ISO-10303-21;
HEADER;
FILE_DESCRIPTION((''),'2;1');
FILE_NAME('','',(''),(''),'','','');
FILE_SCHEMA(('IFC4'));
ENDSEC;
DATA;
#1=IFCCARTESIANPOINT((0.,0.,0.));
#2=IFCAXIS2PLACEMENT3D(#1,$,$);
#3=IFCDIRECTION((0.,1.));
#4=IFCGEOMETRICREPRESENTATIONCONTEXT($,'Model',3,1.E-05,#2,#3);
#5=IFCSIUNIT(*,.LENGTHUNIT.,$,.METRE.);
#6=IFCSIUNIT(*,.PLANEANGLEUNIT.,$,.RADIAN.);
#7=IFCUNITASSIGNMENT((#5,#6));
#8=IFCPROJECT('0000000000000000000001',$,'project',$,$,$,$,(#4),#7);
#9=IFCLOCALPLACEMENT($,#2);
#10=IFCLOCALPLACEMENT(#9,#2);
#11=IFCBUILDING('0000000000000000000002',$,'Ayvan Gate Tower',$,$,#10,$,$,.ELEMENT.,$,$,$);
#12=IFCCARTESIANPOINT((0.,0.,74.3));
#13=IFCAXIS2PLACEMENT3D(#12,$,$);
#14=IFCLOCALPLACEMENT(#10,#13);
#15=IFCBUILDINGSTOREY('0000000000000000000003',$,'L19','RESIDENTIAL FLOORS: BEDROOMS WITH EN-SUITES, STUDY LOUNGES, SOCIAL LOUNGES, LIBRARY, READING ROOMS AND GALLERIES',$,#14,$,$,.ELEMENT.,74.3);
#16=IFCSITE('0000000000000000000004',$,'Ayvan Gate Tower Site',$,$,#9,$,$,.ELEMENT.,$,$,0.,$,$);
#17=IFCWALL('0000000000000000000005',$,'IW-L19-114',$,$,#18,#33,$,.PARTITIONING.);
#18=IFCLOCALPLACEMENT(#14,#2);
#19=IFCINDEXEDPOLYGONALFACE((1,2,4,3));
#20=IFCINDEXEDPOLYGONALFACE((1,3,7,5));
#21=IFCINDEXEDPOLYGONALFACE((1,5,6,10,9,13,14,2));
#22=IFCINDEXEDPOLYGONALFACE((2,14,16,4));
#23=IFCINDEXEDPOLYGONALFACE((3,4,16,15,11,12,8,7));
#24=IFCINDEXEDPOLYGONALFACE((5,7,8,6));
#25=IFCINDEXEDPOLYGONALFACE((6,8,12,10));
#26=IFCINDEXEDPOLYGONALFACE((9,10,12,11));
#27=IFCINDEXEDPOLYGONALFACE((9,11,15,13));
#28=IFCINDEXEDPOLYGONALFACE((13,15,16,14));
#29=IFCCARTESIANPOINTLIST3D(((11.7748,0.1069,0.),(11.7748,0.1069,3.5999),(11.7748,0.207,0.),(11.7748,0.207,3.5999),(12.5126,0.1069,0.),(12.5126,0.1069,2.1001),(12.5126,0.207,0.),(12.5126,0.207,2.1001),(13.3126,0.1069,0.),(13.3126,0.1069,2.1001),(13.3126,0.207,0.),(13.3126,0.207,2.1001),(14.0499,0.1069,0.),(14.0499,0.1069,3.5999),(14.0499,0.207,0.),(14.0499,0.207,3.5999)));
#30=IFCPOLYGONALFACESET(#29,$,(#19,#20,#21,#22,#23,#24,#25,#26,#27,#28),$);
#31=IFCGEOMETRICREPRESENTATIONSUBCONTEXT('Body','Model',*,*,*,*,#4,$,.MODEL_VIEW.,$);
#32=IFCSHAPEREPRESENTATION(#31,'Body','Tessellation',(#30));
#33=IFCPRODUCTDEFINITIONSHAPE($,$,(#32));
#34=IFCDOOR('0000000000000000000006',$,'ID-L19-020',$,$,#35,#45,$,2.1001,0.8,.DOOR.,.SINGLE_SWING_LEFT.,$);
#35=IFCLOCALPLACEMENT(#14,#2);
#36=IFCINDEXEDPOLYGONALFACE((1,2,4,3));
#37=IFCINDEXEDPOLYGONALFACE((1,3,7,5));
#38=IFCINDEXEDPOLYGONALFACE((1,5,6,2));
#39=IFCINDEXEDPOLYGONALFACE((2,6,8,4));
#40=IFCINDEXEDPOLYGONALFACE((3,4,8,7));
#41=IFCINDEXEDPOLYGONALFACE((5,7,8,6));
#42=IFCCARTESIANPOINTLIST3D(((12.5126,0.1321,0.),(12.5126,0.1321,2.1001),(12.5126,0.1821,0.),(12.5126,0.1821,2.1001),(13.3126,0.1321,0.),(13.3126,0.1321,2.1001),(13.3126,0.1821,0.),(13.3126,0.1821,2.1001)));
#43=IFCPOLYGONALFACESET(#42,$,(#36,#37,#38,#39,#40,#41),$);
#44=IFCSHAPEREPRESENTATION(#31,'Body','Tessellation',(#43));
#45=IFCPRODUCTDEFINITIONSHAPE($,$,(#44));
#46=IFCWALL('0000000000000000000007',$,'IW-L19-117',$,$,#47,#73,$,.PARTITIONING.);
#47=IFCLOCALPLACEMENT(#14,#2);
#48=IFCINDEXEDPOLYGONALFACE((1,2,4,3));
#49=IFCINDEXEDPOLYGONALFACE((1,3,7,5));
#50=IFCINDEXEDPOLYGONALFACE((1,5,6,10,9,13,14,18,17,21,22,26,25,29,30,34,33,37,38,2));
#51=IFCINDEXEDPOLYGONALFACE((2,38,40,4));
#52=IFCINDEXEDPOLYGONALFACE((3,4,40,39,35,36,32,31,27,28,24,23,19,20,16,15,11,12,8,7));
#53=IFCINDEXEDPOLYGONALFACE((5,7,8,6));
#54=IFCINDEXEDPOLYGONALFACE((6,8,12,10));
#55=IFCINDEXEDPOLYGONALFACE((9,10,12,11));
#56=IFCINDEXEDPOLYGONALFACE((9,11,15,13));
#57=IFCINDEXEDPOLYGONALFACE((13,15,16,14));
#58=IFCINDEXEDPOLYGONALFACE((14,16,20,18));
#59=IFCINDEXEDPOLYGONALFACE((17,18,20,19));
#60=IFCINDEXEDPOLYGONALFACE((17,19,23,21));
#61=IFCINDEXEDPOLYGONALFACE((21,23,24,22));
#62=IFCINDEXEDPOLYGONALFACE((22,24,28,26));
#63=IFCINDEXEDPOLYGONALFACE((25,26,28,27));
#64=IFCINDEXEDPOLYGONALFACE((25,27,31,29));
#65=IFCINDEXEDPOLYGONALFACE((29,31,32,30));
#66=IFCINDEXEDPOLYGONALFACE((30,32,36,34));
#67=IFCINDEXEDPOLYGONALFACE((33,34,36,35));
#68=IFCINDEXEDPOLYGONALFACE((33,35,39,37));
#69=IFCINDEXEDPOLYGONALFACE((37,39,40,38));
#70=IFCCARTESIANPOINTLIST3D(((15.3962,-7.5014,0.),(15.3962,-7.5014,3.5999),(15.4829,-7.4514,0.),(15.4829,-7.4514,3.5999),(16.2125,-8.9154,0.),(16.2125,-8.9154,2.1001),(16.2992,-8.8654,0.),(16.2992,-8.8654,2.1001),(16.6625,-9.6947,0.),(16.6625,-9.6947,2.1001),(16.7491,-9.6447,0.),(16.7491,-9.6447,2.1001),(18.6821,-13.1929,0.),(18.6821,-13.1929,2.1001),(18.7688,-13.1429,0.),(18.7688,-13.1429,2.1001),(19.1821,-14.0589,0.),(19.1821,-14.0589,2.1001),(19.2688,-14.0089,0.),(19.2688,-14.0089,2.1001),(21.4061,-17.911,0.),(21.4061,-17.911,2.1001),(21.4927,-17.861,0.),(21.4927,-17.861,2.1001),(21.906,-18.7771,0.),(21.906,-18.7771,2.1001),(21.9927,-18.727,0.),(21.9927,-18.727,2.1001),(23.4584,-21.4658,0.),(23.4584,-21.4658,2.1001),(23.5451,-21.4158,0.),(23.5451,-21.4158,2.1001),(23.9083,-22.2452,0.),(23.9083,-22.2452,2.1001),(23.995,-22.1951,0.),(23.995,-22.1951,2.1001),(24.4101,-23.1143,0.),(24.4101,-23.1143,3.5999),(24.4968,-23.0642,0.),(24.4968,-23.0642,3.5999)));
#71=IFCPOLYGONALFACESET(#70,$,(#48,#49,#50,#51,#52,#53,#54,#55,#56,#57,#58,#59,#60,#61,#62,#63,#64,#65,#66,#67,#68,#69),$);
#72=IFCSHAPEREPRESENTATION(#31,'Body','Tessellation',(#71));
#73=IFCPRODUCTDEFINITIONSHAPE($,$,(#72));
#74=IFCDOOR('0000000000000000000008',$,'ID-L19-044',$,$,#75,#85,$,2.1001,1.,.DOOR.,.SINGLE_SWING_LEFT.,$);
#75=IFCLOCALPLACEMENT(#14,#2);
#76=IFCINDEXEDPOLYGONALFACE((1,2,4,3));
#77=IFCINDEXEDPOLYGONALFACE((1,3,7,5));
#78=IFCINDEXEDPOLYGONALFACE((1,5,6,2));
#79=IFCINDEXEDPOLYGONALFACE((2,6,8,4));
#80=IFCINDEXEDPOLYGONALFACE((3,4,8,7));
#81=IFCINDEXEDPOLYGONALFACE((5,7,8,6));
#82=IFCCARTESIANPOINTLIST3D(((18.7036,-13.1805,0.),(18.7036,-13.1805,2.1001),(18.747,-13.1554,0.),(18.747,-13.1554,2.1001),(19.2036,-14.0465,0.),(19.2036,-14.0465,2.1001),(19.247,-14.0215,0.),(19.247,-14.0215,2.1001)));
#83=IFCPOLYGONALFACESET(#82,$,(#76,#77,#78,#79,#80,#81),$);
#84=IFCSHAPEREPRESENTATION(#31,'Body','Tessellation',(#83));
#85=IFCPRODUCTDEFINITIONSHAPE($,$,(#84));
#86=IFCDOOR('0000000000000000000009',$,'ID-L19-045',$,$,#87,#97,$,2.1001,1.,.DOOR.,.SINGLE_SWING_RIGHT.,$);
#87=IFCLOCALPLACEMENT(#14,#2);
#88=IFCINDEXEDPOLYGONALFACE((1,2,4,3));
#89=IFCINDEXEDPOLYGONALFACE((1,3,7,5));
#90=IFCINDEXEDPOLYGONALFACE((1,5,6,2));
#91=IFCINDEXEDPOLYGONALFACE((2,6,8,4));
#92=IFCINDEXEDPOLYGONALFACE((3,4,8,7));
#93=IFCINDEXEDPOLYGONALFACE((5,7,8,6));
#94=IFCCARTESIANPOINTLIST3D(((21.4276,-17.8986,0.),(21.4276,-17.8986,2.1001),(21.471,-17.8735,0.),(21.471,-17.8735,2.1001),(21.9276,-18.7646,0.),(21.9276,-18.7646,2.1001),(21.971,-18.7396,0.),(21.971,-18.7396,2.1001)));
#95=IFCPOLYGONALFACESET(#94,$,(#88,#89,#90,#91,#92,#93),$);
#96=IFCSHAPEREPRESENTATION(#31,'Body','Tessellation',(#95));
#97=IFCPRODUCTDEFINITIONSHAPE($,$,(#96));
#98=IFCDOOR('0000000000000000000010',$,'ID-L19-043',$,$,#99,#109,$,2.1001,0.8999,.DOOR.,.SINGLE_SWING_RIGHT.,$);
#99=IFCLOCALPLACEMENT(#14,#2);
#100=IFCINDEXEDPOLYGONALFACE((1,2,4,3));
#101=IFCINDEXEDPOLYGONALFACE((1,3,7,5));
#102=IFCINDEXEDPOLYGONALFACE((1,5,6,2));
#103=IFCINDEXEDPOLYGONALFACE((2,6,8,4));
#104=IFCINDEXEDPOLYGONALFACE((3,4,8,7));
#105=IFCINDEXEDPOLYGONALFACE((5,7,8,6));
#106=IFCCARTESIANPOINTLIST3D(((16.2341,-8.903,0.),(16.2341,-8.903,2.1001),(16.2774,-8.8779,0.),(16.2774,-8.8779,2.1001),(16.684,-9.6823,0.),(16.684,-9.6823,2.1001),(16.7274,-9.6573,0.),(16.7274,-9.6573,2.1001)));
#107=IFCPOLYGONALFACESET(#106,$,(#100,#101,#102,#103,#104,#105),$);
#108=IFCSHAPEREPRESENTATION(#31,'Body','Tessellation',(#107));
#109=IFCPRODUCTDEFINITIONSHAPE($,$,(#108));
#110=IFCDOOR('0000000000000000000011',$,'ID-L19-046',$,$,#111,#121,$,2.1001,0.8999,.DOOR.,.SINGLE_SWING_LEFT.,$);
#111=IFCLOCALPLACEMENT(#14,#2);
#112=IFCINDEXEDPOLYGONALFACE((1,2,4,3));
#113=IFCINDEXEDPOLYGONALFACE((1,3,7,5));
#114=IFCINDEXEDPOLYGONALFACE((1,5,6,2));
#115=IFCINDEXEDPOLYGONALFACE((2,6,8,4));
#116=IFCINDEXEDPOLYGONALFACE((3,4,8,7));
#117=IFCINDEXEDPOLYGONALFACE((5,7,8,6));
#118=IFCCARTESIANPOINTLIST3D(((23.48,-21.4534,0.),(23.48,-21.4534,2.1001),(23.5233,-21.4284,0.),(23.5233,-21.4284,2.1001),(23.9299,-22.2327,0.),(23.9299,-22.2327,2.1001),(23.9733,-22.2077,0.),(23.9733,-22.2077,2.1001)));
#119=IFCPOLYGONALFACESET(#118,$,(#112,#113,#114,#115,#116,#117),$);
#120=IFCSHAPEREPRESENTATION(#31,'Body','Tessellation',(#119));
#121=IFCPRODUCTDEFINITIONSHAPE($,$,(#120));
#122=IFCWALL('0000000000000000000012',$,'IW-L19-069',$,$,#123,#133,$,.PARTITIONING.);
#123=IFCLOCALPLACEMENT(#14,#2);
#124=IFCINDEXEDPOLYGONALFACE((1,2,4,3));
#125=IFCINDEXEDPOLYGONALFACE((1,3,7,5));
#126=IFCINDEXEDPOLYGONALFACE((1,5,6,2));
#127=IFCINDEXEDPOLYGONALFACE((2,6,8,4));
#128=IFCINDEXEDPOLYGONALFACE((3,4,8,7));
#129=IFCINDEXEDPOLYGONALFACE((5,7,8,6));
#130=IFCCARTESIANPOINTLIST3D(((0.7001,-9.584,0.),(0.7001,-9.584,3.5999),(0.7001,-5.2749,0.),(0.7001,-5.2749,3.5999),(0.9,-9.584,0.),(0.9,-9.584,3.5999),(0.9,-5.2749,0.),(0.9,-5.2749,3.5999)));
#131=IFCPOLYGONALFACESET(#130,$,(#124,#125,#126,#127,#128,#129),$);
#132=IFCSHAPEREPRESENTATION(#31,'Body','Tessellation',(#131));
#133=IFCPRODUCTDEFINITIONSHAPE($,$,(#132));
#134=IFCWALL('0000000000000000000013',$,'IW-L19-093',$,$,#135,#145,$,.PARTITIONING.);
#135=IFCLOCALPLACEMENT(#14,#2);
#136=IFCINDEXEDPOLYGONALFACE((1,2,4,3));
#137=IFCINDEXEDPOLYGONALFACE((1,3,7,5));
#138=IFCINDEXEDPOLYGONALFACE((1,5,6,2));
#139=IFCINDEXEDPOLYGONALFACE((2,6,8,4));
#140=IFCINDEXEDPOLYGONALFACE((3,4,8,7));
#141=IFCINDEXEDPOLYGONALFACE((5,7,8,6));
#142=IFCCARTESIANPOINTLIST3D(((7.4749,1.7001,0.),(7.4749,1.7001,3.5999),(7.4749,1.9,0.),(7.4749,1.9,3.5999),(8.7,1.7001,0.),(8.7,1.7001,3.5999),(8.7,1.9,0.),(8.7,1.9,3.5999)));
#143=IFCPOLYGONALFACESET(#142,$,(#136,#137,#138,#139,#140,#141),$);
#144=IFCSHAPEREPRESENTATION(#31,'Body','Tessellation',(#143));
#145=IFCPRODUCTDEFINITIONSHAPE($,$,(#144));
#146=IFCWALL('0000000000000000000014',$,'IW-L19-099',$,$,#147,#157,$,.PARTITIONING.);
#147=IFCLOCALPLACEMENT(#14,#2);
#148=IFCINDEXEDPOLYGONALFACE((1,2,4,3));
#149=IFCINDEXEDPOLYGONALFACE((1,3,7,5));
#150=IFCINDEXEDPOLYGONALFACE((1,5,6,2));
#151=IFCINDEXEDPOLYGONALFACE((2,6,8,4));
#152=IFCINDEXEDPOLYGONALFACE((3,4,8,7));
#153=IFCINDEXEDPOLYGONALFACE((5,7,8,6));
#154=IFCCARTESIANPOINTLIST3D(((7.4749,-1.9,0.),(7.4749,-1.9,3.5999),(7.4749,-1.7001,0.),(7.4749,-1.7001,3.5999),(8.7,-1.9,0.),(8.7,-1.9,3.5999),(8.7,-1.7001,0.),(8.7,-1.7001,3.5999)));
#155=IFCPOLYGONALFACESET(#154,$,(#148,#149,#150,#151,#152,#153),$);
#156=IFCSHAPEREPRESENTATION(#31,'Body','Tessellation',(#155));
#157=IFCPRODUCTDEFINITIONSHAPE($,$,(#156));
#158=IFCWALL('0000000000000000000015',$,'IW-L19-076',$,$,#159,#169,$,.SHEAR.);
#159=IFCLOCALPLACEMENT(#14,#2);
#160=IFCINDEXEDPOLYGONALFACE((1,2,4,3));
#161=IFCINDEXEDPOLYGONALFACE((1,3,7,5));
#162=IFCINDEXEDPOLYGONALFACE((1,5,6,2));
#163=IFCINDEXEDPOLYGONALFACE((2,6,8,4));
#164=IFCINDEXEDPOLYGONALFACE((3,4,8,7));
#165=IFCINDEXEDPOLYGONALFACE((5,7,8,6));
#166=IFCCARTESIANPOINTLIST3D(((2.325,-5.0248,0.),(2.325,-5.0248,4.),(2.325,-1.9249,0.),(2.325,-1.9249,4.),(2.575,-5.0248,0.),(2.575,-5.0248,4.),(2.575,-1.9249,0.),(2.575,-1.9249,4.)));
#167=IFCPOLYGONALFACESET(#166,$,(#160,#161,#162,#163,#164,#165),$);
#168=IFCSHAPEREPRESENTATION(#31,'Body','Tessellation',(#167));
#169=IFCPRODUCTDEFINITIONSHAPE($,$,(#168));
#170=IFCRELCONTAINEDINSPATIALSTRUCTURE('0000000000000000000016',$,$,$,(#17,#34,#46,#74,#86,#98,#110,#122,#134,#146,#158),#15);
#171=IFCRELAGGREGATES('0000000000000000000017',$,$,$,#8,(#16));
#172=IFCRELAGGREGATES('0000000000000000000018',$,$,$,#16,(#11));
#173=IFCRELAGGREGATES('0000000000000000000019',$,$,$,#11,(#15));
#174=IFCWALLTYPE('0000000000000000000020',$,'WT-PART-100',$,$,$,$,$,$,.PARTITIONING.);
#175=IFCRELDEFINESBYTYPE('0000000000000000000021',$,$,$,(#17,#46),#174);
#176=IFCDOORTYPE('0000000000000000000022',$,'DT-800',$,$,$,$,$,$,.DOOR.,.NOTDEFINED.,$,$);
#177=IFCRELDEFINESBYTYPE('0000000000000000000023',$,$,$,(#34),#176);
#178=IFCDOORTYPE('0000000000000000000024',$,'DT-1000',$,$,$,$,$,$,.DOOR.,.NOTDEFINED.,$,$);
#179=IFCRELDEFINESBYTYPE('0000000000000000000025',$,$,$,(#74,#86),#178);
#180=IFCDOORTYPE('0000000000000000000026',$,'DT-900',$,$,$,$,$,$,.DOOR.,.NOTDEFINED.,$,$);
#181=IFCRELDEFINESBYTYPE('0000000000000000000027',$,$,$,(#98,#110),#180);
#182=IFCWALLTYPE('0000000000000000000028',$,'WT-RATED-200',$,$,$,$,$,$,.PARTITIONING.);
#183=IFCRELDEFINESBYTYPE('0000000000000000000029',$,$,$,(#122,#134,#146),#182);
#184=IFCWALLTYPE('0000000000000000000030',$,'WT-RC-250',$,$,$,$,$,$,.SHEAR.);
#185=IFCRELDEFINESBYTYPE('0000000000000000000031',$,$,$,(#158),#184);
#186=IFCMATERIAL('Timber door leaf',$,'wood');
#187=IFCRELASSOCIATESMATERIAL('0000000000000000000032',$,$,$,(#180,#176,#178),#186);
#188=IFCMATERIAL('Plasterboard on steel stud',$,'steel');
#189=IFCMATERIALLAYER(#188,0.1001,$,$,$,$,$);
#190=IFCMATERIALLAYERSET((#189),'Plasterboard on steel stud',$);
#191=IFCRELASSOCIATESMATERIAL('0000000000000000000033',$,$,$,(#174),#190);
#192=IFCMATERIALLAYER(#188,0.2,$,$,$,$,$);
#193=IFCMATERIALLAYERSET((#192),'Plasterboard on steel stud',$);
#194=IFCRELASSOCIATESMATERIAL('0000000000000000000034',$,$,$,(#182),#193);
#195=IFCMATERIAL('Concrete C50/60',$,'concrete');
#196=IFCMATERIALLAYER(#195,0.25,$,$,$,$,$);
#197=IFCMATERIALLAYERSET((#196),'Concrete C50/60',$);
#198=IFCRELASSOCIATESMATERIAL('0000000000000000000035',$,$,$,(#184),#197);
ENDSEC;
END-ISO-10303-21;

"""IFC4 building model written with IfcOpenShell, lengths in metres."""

from ifc_helpers import new_model, si_unit, direction, frame, frame_2d, origin, place, context, subcontext, project, spatial, rectangle, extrude, material, layer, layer_set, type_object, element, fill, save


model = new_model("IFC4")

# Units and contexts
model_context = context("Model", 3, precision=1e-05, world=origin(), true_north=direction((0.0, 1.0)))
body_context = subcontext(model_context, "Body", "Model", "MODEL_VIEW")
ifc_project = project(units=[si_unit("LENGTHUNIT", "METRE"), si_unit("PLANEANGLEUNIT", "RADIAN")], contexts=[model_context])

# Site, building, storey
site_placement = place(None, origin())
site = spatial("IfcSite", under=ifc_project, at=site_placement, Name="Ayvan Gate Tower Site", CompositionType="ELEMENT", RefElevation=0.0)
building_placement = place(site_placement, origin())
building = spatial("IfcBuilding", under=site, at=building_placement, Name="Ayvan Gate Tower", CompositionType="ELEMENT")
storey_placement = place(building_placement, frame((0.0, 0.0, 74.3)))
storey = spatial("IfcBuildingStorey", under=building, at=storey_placement, Name="L19", Description="RESIDENTIAL FLOORS: BEDROOMS WITH EN-SUITES, STUDY LOUNGES, SOCIAL LOUNGES, LIBRARY, READING ROOMS AND GALLERIES", CompositionType="ELEMENT", Elevation=74.3)

# Shared definitions
ifc_material_1 = material(Name="Timber door leaf", Category="wood")
ifc_material_2 = material(Name="Plasterboard on steel stud", Category="steel")
door_type_1 = type_object("IfcDoorType", Name="DT-900", OperationType="NOTDEFINED", PredefinedType="DOOR", material=ifc_material_1)
ifc_layer_1 = layer(ifc_material_2, 0.1001)
ifc_layer_set_1 = layer_set([ifc_layer_1], Name="Plasterboard on steel stud")
wall_type_1 = type_object("IfcWallType", Name="WT-PART-100", PredefinedType="PARTITIONING", material=ifc_layer_set_1)
door_type_2 = type_object("IfcDoorType", Name="DT-800", OperationType="NOTDEFINED", PredefinedType="DOOR", material=ifc_material_1)

# Wall, opening, door
wall_1_placement = place(storey_placement, frame((14.05, 0.157, 0.0), z_axis=(0.0, 0.0, 1.0), x_axis=(-1.0, 0.0, 0.0)))
wall_1 = element("IfcWall", 1, at=wall_1_placement, inside=storey, type_object=wall_type_1, Name="IW-L19-114", PredefinedType="PARTITIONING", context=body_context, shape_type="SweptSolid", body=[
    extrude(rectangle(XDim=2.2751, YDim=0.1001, at=frame_2d((1.1377, 0.0))), origin(), (0.0, 0.0, 1.0), 3.5999),
])
opening_1_placement = place(wall_1_placement, frame((0.7375, 0.0, 0.0)))
opening_1 = element("IfcOpeningElement", 2, at=opening_1_placement, cuts=wall_1, PredefinedType="OPENING", context=body_context, shape_type="SweptSolid", body=[
    extrude(rectangle(XDim=0.8, YDim=2.1001, at=frame_2d((0.3999, 1.05))), frame((0.0, 0.0601, 0.0), z_axis=(0.0, -1.0, 0.0), x_axis=(1.0, 0.0, 0.0)), (0.0, 0.0, 1.0), 0.1201),
])
door_1_placement = place(opening_1_placement, origin())
door_1 = element("IfcDoor", 3, at=door_1_placement, inside=storey, type_object=door_type_2, Name="ID-L19-020", OperationType="SINGLE_SWING_LEFT", OverallHeight=2.1001, OverallWidth=0.8, PredefinedType="DOOR", context=body_context, shape_type="SweptSolid", body=[
    extrude(rectangle(XDim=0.8, YDim=2.1001, at=frame_2d((0.3999, 1.05))), frame((0.0, 0.0249, 0.0), z_axis=(0.0, -1.0, 0.0), x_axis=(1.0, 0.0, 0.0)), (0.0, 0.0, 1.0), 0.05),
])
fill(opening_1, door_1)

# Wall, openings, doors
wall_2_placement = place(storey_placement, frame((15.4395, -7.4763, 0.0), z_axis=(0.0, 0.0, 1.0), x_axis=(0.499994, -0.866029, 0.0)))
wall_2 = element("IfcWall", 4, at=wall_2_placement, inside=storey, type_object=wall_type_1, Name="IW-L19-117", PredefinedType="PARTITIONING", context=body_context, shape_type="SweptSolid", body=[
    extrude(rectangle(XDim=18.0281, YDim=0.1001, at=frame_2d((9.0142, 0.0))), origin(), (0.0, 0.0, 1.0), 3.5999),
])
opening_2_placement = place(wall_2_placement, frame((1.6328, 0.0, 0.0)))
opening_2 = element("IfcOpeningElement", 5, at=opening_2_placement, cuts=wall_2, PredefinedType="OPENING", context=body_context, shape_type="SweptSolid", body=[
    extrude(rectangle(XDim=0.8999, YDim=2.1001, at=frame_2d((0.45, 1.05))), frame((0.0, 0.0601, 0.0), z_axis=(0.0, -1.0, 0.0), x_axis=(1.0, 0.0, 0.0)), (0.0, 0.0, 1.0), 0.1201),
])
opening_3_placement = place(wall_2_placement, frame((6.572, 0.0, 0.0)))
opening_3 = element("IfcOpeningElement", 6, at=opening_3_placement, cuts=wall_2, PredefinedType="OPENING", context=body_context, shape_type="SweptSolid", body=[
    extrude(rectangle(XDim=1.0, YDim=2.1001, at=frame_2d((0.5, 1.05))), frame((0.0, 0.0601, 0.0), z_axis=(0.0, -1.0, 0.0), x_axis=(1.0, 0.0, 0.0)), (0.0, 0.0, 1.0), 0.1201),
])
opening_4_placement = place(wall_2_placement, frame((12.02, 0.0, 0.0)))
opening_4 = element("IfcOpeningElement", 7, at=opening_4_placement, cuts=wall_2, PredefinedType="OPENING", context=body_context, shape_type="SweptSolid", body=[
    extrude(rectangle(XDim=1.0, YDim=2.1001, at=frame_2d((0.5, 1.05))), frame((0.0, 0.0601, 0.0), z_axis=(0.0, -1.0, 0.0), x_axis=(1.0, 0.0, 0.0)), (0.0, 0.0, 1.0), 0.1201),
])
opening_5_placement = place(wall_2_placement, frame((16.1248, 0.0, 0.0)))
opening_5 = element("IfcOpeningElement", 8, at=opening_5_placement, cuts=wall_2, PredefinedType="OPENING", context=body_context, shape_type="SweptSolid", body=[
    extrude(rectangle(XDim=0.8999, YDim=2.1001, at=frame_2d((0.45, 1.05))), frame((0.0, 0.0601, 0.0), z_axis=(0.0, -1.0, 0.0), x_axis=(1.0, 0.0, 0.0)), (0.0, 0.0, 1.0), 0.1201),
])
door_type_3 = type_object("IfcDoorType", Name="DT-1000", OperationType="NOTDEFINED", PredefinedType="DOOR", material=ifc_material_1)
door_2_placement = place(opening_3_placement, origin())
door_2 = element("IfcDoor", 9, at=door_2_placement, inside=storey, type_object=door_type_3, Name="ID-L19-044", OperationType="SINGLE_SWING_LEFT", OverallHeight=2.1001, OverallWidth=1.0, PredefinedType="DOOR", context=body_context, shape_type="SweptSolid", body=[
    extrude(rectangle(XDim=1.0, YDim=2.1001, at=frame_2d((0.5, 1.05))), frame((0.0, 0.0249, 0.0), z_axis=(0.0, -1.0, 0.0), x_axis=(1.0, 0.0, 0.0)), (0.0, 0.0, 1.0), 0.05),
])
fill(opening_3, door_2)
door_3_placement = place(opening_4_placement, origin())
door_3 = element("IfcDoor", 10, at=door_3_placement, inside=storey, type_object=door_type_3, Name="ID-L19-045", OperationType="SINGLE_SWING_RIGHT", OverallHeight=2.1001, OverallWidth=1.0, PredefinedType="DOOR", context=body_context, shape_type="SweptSolid", body=[
    extrude(rectangle(XDim=1.0, YDim=2.1001, at=frame_2d((0.5, 1.05))), frame((0.0, 0.0249, 0.0), z_axis=(0.0, -1.0, 0.0), x_axis=(1.0, 0.0, 0.0)), (0.0, 0.0, 1.0), 0.05),
])
fill(opening_4, door_3)
door_4_placement = place(opening_2_placement, origin())
door_4 = element("IfcDoor", 11, at=door_4_placement, inside=storey, type_object=door_type_1, Name="ID-L19-043", OperationType="SINGLE_SWING_RIGHT", OverallHeight=2.1001, OverallWidth=0.8999, PredefinedType="DOOR", context=body_context, shape_type="SweptSolid", body=[
    extrude(rectangle(XDim=0.8999, YDim=2.1001, at=frame_2d((0.45, 1.05))), frame((0.0, 0.0249, 0.0), z_axis=(0.0, -1.0, 0.0), x_axis=(1.0, 0.0, 0.0)), (0.0, 0.0, 1.0), 0.05),
])
fill(opening_2, door_4)
door_5_placement = place(opening_5_placement, origin())
door_5 = element("IfcDoor", 12, at=door_5_placement, inside=storey, type_object=door_type_1, Name="ID-L19-046", OperationType="SINGLE_SWING_LEFT", OverallHeight=2.1001, OverallWidth=0.8999, PredefinedType="DOOR", context=body_context, shape_type="SweptSolid", body=[
    extrude(rectangle(XDim=0.8999, YDim=2.1001, at=frame_2d((0.45, 1.05))), frame((0.0, 0.0249, 0.0), z_axis=(0.0, -1.0, 0.0), x_axis=(1.0, 0.0, 0.0)), (0.0, 0.0, 1.0), 0.05),
])
fill(opening_5, door_5)

# Walls
ifc_layer_2 = layer(ifc_material_2, 0.2)
ifc_layer_set_2 = layer_set([ifc_layer_2], Name="Plasterboard on steel stud")
wall_type_2 = type_object("IfcWallType", Name="WT-RATED-200", PredefinedType="PARTITIONING", material=ifc_layer_set_2)
wall_3_placement = place(storey_placement, frame((0.8, -5.2749, 0.0), z_axis=(0.0, 0.0, 1.0), x_axis=(0.0, -1.0, 0.0)))
element("IfcWall", 13, at=wall_3_placement, inside=storey, type_object=wall_type_2, Name="IW-L19-069", PredefinedType="PARTITIONING", context=body_context, shape_type="SweptSolid", body=[
    extrude(rectangle(XDim=4.3091, YDim=0.2, at=frame_2d((2.1545, 0.0))), origin(), (0.0, 0.0, 1.0), 3.5999),
])
for number, where, z_axis, x_axis, name in (
    (14, (7.4749, 1.8, 0.0), (0.0, 0.0, 1.0), (1.0, 0.0, 0.0), "IW-L19-093"),
    (15, (8.7, -1.8, 0.0), (0.0, 0.0, 1.0), (-1.0, 0.0, 0.0), "IW-L19-099"),
):
    element("IfcWall", number, at=place(storey_placement, frame(where, z_axis=z_axis, x_axis=x_axis)), inside=storey, type_object=wall_type_2, Name=name, PredefinedType="PARTITIONING", context=body_context, shape_type="SweptSolid", body=[
        extrude(rectangle(XDim=1.2251, YDim=0.2, at=frame_2d((0.6125, 0.0))), origin(), (0.0, 0.0, 1.0), 3.5999),
    ])
ifc_material_3 = material(Name="Concrete C50/60", Category="concrete")
ifc_layer_3 = layer(ifc_material_3, 0.25)
ifc_layer_set_3 = layer_set([ifc_layer_3], Name="Concrete C50/60")
wall_type_3 = type_object("IfcWallType", Name="WT-RC-250", PredefinedType="SHEAR", material=ifc_layer_set_3)
for number, where, z_axis, x_axis, name in (
    (16, (2.45, -1.925, 0.0), (0.0, 0.0, 1.0), (0.0, -1.0, 0.0), "IW-L19-076"),
):
    element("IfcWall", number, at=place(storey_placement, frame(where, z_axis=z_axis, x_axis=x_axis)), inside=storey, type_object=wall_type_3, Name=name, PredefinedType="SHEAR", context=body_context, shape_type="SweptSolid", body=[
        extrude(rectangle(XDim=3.0999, YDim=0.25, at=frame_2d((1.5498, 0.0))), origin(), (0.0, 0.0, 1.0), 4.0),
    ])

save(model, "model.ifc")
